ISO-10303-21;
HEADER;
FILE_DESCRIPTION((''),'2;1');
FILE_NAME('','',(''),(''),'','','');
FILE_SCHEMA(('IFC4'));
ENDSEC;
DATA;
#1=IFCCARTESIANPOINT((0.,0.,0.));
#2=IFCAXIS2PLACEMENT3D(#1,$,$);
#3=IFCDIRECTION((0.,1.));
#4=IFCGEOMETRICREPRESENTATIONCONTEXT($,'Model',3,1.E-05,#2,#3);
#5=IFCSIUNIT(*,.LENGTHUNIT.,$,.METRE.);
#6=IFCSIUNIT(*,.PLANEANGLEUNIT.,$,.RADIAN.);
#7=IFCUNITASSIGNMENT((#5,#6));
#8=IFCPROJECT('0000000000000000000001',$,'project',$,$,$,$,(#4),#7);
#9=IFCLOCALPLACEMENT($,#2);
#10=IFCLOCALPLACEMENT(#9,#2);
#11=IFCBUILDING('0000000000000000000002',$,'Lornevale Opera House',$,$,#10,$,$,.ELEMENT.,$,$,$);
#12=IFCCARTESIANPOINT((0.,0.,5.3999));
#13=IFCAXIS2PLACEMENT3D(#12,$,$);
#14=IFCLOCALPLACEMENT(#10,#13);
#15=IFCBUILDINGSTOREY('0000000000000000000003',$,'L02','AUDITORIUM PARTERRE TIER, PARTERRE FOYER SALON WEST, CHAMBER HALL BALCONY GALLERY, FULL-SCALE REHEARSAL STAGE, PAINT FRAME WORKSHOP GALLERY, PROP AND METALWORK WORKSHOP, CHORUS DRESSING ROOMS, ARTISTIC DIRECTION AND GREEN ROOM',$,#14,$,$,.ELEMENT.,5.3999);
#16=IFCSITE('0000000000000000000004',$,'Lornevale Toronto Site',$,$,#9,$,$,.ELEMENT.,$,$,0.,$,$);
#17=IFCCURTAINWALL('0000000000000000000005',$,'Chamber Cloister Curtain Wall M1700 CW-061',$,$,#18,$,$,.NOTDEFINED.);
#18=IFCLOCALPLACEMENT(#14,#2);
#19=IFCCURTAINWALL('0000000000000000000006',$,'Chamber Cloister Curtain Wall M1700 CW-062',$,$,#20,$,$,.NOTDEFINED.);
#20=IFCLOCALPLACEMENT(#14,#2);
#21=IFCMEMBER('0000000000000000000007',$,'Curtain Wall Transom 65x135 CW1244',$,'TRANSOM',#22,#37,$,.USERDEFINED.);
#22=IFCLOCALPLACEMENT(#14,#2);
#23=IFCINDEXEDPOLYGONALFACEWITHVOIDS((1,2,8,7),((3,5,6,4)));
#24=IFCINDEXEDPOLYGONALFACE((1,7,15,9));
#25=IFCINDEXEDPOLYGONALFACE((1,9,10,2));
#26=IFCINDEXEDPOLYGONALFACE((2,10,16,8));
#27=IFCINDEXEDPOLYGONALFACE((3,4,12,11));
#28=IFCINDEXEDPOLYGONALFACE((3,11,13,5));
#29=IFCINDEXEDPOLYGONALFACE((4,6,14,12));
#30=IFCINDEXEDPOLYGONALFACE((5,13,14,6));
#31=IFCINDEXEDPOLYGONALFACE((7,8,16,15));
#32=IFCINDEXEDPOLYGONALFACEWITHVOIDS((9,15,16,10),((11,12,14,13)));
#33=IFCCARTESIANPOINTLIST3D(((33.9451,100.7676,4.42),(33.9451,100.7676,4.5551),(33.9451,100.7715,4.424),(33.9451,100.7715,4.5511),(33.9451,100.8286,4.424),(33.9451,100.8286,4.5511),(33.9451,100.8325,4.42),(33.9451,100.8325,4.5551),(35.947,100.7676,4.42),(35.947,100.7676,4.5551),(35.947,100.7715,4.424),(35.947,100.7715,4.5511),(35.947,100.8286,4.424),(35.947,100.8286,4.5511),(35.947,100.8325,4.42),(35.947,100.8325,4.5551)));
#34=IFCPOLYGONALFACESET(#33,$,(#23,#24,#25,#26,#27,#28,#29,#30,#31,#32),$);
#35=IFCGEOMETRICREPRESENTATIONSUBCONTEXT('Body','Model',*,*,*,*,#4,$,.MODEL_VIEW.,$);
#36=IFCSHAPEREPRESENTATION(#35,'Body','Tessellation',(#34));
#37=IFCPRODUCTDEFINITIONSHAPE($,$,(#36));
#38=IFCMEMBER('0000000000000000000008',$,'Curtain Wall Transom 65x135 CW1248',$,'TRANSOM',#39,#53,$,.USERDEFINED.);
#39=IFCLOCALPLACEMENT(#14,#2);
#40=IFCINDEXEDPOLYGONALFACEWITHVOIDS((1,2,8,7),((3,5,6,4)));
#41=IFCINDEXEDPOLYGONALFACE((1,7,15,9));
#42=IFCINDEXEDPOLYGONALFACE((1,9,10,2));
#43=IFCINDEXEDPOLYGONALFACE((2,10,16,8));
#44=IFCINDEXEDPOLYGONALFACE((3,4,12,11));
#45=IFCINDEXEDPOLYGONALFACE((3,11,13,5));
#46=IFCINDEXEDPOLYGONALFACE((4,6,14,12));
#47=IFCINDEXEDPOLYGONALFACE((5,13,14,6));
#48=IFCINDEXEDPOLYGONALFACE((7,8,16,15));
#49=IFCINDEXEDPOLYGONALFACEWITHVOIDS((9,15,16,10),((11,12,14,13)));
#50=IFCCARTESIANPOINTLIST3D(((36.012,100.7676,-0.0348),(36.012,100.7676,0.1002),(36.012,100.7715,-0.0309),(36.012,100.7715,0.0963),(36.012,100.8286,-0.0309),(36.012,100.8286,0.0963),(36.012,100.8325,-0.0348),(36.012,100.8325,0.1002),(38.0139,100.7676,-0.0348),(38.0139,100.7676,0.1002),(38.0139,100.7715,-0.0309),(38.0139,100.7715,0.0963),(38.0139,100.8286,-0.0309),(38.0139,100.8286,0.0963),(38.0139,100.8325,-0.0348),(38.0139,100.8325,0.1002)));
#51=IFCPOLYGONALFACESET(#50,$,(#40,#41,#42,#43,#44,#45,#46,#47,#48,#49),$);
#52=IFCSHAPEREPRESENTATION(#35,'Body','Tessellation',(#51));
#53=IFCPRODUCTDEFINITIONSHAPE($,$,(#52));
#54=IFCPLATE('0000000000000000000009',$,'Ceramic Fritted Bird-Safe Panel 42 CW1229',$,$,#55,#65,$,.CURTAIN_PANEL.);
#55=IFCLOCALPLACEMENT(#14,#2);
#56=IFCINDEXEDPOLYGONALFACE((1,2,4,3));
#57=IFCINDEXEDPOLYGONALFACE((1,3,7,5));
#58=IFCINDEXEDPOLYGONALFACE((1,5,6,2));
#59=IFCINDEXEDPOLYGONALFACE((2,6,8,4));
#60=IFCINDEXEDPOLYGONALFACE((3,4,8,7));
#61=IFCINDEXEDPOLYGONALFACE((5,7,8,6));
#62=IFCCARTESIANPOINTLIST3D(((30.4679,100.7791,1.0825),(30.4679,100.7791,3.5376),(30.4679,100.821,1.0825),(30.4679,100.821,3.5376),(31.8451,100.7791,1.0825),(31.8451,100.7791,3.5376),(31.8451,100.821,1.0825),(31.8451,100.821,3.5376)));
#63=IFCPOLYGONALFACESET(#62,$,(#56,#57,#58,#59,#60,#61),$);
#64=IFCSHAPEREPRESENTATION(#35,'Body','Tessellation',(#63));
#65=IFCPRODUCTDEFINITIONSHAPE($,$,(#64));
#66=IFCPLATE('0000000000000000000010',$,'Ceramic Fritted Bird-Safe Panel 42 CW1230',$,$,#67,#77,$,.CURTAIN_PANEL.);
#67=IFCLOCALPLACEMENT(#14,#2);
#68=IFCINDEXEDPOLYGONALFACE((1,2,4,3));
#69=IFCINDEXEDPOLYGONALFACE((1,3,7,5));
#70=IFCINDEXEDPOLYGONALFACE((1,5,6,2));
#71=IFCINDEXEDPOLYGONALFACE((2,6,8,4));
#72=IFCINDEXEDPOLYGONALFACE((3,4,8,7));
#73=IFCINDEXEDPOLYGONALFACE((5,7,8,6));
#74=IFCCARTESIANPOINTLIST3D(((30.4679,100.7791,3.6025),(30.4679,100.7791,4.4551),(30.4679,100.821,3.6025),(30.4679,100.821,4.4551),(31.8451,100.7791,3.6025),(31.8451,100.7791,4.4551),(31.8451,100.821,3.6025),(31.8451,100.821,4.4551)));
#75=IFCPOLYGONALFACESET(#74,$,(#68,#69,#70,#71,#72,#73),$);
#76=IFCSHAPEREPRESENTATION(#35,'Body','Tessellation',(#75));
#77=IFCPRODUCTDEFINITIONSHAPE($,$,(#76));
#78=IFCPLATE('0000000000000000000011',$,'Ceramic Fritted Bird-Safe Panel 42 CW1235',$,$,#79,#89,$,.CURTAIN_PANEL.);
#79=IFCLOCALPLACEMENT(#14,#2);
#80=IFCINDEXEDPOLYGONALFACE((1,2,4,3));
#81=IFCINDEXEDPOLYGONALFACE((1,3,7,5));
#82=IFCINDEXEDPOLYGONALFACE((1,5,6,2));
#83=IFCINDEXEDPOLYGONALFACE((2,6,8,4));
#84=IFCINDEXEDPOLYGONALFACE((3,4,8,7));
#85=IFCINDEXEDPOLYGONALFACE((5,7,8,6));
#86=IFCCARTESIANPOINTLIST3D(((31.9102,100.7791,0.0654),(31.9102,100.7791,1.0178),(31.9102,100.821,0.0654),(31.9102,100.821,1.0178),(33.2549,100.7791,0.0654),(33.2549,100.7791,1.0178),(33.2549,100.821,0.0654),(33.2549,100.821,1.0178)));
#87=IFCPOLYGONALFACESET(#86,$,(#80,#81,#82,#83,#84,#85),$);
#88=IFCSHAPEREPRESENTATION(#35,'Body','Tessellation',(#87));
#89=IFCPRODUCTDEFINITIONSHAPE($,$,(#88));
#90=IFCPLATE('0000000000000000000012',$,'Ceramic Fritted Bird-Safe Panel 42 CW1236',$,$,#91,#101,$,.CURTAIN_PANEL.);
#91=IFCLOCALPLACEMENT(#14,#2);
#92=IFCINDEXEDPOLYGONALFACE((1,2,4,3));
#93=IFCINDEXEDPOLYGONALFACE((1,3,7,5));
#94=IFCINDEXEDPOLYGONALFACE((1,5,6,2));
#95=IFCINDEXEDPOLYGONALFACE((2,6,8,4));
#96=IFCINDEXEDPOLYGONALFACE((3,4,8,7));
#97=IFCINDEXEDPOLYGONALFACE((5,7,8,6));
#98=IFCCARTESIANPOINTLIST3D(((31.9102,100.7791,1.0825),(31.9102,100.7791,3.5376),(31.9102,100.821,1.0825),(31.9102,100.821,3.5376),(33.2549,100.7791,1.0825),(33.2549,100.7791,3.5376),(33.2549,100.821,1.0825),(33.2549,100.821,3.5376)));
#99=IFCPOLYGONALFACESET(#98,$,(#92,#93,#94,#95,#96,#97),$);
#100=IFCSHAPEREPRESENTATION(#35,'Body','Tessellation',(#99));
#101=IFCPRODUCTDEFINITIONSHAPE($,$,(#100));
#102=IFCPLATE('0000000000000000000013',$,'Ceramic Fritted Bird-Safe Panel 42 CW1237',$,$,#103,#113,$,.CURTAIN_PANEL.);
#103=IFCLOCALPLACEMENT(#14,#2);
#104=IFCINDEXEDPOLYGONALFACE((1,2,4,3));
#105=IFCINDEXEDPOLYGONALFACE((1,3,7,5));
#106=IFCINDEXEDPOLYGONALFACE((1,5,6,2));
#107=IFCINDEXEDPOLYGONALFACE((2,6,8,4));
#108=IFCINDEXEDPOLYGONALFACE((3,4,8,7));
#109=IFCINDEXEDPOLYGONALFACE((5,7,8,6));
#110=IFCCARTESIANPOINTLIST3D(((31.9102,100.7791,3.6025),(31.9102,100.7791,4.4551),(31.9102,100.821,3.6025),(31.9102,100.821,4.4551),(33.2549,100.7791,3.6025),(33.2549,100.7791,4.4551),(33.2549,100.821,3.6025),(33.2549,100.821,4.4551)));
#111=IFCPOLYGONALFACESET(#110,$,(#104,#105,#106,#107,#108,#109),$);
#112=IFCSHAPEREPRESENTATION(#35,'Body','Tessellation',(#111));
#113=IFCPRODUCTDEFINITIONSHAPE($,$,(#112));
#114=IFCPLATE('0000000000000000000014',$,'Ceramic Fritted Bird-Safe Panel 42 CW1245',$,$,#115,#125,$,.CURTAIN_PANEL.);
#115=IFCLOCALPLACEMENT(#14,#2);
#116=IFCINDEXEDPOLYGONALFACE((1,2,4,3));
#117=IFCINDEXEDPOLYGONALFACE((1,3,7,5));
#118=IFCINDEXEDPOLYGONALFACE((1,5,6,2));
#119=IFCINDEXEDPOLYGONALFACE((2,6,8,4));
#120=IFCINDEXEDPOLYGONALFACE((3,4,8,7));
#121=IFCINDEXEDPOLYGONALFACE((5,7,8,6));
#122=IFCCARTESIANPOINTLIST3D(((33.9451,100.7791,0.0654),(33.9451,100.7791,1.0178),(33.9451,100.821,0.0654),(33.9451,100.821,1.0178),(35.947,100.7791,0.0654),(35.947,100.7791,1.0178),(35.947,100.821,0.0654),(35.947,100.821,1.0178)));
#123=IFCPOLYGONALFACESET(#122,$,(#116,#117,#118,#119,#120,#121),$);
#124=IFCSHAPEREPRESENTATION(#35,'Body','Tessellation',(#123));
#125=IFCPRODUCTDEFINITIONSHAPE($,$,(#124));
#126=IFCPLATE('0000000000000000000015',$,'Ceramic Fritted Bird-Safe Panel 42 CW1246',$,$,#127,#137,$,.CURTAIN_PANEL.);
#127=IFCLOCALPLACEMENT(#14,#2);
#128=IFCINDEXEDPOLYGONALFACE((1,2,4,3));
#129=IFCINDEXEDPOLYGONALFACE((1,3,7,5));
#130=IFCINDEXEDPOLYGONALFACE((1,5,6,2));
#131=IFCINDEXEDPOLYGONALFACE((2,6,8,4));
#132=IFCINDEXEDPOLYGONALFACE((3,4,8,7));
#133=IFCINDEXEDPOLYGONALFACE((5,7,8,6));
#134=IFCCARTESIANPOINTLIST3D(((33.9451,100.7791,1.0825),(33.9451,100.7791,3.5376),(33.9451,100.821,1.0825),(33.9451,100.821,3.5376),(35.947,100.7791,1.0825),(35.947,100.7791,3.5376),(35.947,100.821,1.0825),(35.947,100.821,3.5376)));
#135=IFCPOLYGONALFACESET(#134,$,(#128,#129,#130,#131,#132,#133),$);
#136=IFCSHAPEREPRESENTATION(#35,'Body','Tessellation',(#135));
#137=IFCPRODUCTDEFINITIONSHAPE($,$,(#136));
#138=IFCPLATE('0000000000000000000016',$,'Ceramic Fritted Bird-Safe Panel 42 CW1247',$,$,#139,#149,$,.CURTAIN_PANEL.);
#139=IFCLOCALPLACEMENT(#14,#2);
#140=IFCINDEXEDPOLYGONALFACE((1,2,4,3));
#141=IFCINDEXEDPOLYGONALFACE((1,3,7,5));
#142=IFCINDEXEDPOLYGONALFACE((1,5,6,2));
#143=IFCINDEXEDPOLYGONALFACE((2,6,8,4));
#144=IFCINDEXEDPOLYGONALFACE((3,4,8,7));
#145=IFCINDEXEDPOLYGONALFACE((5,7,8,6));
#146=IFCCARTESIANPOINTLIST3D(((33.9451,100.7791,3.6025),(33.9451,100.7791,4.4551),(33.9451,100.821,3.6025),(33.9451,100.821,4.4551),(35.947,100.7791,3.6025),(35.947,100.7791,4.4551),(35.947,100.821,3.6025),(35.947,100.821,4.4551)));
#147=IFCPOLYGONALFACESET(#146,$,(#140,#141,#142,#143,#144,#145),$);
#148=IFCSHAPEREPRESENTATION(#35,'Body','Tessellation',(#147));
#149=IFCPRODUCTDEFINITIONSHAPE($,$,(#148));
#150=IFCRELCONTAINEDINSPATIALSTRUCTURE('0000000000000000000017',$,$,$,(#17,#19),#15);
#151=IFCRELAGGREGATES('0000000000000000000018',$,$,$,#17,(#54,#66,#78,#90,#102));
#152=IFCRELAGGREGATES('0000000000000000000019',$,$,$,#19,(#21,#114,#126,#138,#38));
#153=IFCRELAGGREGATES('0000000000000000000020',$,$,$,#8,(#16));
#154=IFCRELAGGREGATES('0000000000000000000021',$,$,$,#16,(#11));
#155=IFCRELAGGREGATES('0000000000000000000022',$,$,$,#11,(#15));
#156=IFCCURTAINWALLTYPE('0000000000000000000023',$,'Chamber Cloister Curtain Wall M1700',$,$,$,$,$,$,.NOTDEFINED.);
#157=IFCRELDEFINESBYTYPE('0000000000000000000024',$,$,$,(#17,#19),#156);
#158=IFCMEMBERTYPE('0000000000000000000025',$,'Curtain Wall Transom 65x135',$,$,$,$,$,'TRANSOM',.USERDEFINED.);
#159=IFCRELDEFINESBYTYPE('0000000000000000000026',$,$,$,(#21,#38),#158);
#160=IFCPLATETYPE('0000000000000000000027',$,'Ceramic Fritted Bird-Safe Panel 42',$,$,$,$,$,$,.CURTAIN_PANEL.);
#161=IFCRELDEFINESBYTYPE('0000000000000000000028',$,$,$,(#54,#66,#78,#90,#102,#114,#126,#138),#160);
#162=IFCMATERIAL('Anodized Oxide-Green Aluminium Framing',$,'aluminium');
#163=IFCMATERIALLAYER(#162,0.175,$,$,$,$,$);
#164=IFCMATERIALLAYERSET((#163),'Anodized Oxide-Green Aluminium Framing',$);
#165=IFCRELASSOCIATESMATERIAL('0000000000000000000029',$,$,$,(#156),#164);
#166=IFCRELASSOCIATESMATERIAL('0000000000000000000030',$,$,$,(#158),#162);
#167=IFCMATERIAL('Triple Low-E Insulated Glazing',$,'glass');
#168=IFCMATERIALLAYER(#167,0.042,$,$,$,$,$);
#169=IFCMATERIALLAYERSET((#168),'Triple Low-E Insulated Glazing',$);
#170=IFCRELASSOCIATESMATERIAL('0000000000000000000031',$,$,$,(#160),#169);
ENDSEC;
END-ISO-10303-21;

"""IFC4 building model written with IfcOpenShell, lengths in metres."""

from ifc_helpers import new_model, si_unit, direction, frame, origin, origin_2d, place, context, subcontext, project, spatial, rectangle, hollow_rectangle, extrude, material, layer, layer_set, material_profile, profile_set, type_object, element, aggregate, save


model = new_model("IFC4")

# Units and contexts
model_context = context("Model", 3, precision=1e-05, world=origin(), true_north=direction((0.0, 1.0)))
body_context = subcontext(model_context, "Body", "Model", "MODEL_VIEW")
ifc_project = project(units=[si_unit("LENGTHUNIT", "METRE"), si_unit("PLANEANGLEUNIT", "RADIAN")], contexts=[model_context])

# Site, building, storey
site_placement = place(None, origin())
site = spatial("IfcSite", under=ifc_project, at=site_placement, Name="Lornevale Toronto Site", CompositionType="ELEMENT", RefElevation=0.0)
building_placement = place(site_placement, origin())
building = spatial("IfcBuilding", under=site, at=building_placement, Name="Lornevale Opera House", CompositionType="ELEMENT")
storey_placement = place(building_placement, frame((0.0, 0.0, 5.3999)))
storey = spatial("IfcBuildingStorey", under=building, at=storey_placement, Name="L02", Description="AUDITORIUM PARTERRE TIER, PARTERRE FOYER SALON WEST, CHAMBER HALL BALCONY GALLERY, FULL-SCALE REHEARSAL STAGE, PAINT FRAME WORKSHOP GALLERY, PROP AND METALWORK WORKSHOP, CHORUS DRESSING ROOMS, ARTISTIC DIRECTION AND GREEN ROOM", CompositionType="ELEMENT", Elevation=5.3999)

# Curtain walls
ifc_material_1 = material(Name="Anodized Oxide-Green Aluminium Framing", Category="aluminium")
ifc_layer_1 = layer(ifc_material_1, 0.175)
ifc_layer_set_1 = layer_set([ifc_layer_1], Name="Anodized Oxide-Green Aluminium Framing")
curtain_wall_type = type_object("IfcCurtainWallType", Name="Chamber Cloister Curtain Wall M1700", PredefinedType="NOTDEFINED", material=ifc_layer_set_1)
curtain_wall_1_placement = place(storey_placement, origin())
curtain_wall_1 = element("IfcCurtainWall", 1, at=curtain_wall_1_placement, inside=storey, type_object=curtain_wall_type, Name="Chamber Cloister Curtain Wall M1700 CW-061", PredefinedType="NOTDEFINED")
curtain_wall_2_placement = place(storey_placement, origin())
curtain_wall_2 = element("IfcCurtainWall", 2, at=curtain_wall_2_placement, inside=storey, type_object=curtain_wall_type, Name="Chamber Cloister Curtain Wall M1700 CW-062", PredefinedType="NOTDEFINED")

# Members
ifc_material_profile_1 = material_profile(ifc_material_1, hollow_rectangle(XDim=0.0649, YDim=0.135, WallThickness=0.0039, at=origin_2d()), Name="ALU65x135x4")
ifc_profile_set_1 = profile_set([ifc_material_profile_1], Name="Anodized Oxide-Green Aluminium Framing")
member_type_1 = type_object("IfcMemberType", Name="Curtain Wall Transom 65x135", ElementType="TRANSOM", PredefinedType="USERDEFINED", material=ifc_profile_set_1)
member_1_placement = place(storey_placement, frame((33.9451, 100.8, 4.4875), z_axis=(1.0, 0.0, 0.0), x_axis=(0.0, 1.0, 0.0)))
member_1 = element("IfcMember", 3, at=member_1_placement, type_object=member_type_1, Name="Curtain Wall Transom 65x135 CW1244", ObjectType="TRANSOM", PredefinedType="USERDEFINED", context=body_context, shape_type="SweptSolid", body=[
    extrude(hollow_rectangle(XDim=0.0649, YDim=0.135, WallThickness=0.0039, at=origin_2d()), origin(), (0.0, 0.0, 1.0), 2.002),
])
member_2_placement = place(storey_placement, frame((36.012, 100.8, 0.0327), z_axis=(1.0, 0.0, 0.0), x_axis=(0.0, 1.0, 0.0)))
member_2 = element("IfcMember", 4, at=member_2_placement, type_object=member_type_1, Name="Curtain Wall Transom 65x135 CW1248", ObjectType="TRANSOM", PredefinedType="USERDEFINED", context=body_context, shape_type="SweptSolid", body=[
    extrude(hollow_rectangle(XDim=0.0649, YDim=0.135, WallThickness=0.0039, at=origin_2d()), origin(), (0.0, 0.0, 1.0), 2.002),
])

# Plates
ifc_material_2 = material(Name="Triple Low-E Insulated Glazing", Category="glass")
ifc_layer_2 = layer(ifc_material_2, 0.042)
ifc_layer_set_2 = layer_set([ifc_layer_2], Name="Triple Low-E Insulated Glazing")
plate_type = type_object("IfcPlateType", Name="Ceramic Fritted Bird-Safe Panel 42", PredefinedType="CURTAIN_PANEL", material=ifc_layer_set_2)
plate_1_placement = place(storey_placement, frame((31.1565, 100.8, 1.0825), z_axis=(0.0, 0.0, 1.0), x_axis=(1.0, 0.0, 0.0)))
plate_1 = element("IfcPlate", 5, at=plate_1_placement, type_object=plate_type, Name="Ceramic Fritted Bird-Safe Panel 42 CW1229", PredefinedType="CURTAIN_PANEL", context=body_context, shape_type="SweptSolid", body=[
    extrude(rectangle(XDim=1.3772, YDim=0.042, at=origin_2d()), origin(), (0.0, 0.0, 1.0), 2.4551),
])
plate_2_placement = place(storey_placement, frame((31.1565, 100.8, 3.6025), z_axis=(0.0, 0.0, 1.0), x_axis=(1.0, 0.0, 0.0)))
plate_2 = element("IfcPlate", 6, at=plate_2_placement, type_object=plate_type, Name="Ceramic Fritted Bird-Safe Panel 42 CW1230", PredefinedType="CURTAIN_PANEL", context=body_context, shape_type="SweptSolid", body=[
    extrude(rectangle(XDim=1.3772, YDim=0.042, at=origin_2d()), origin(), (0.0, 0.0, 1.0), 0.8525),
])
plate_3_placement = place(storey_placement, frame((32.5825, 100.8, 0.0654), z_axis=(0.0, 0.0, 1.0), x_axis=(1.0, 0.0, 0.0)))
plate_3 = element("IfcPlate", 7, at=plate_3_placement, type_object=plate_type, Name="Ceramic Fritted Bird-Safe Panel 42 CW1235", PredefinedType="CURTAIN_PANEL", context=body_context, shape_type="SweptSolid", body=[
    extrude(rectangle(XDim=1.3447, YDim=0.042, at=origin_2d()), origin(), (0.0, 0.0, 1.0), 0.9524),
])
plate_4_placement = place(storey_placement, frame((32.5825, 100.8, 1.0825), z_axis=(0.0, 0.0, 1.0), x_axis=(1.0, 0.0, 0.0)))
plate_4 = element("IfcPlate", 8, at=plate_4_placement, type_object=plate_type, Name="Ceramic Fritted Bird-Safe Panel 42 CW1236", PredefinedType="CURTAIN_PANEL", context=body_context, shape_type="SweptSolid", body=[
    extrude(rectangle(XDim=1.3447, YDim=0.042, at=origin_2d()), origin(), (0.0, 0.0, 1.0), 2.4551),
])
plate_5_placement = place(storey_placement, frame((32.5825, 100.8, 3.6025), z_axis=(0.0, 0.0, 1.0), x_axis=(1.0, 0.0, 0.0)))
plate_5 = element("IfcPlate", 9, at=plate_5_placement, type_object=plate_type, Name="Ceramic Fritted Bird-Safe Panel 42 CW1237", PredefinedType="CURTAIN_PANEL", context=body_context, shape_type="SweptSolid", body=[
    extrude(rectangle(XDim=1.3447, YDim=0.042, at=origin_2d()), origin(), (0.0, 0.0, 1.0), 0.8525),
])
aggregate(curtain_wall_1, [plate_1, plate_2, plate_3, plate_4, plate_5])
plate_6_placement = place(storey_placement, frame((34.946, 100.8, 0.0654), z_axis=(0.0, 0.0, 1.0), x_axis=(1.0, 0.0, 0.0)))
plate_6 = element("IfcPlate", 10, at=plate_6_placement, type_object=plate_type, Name="Ceramic Fritted Bird-Safe Panel 42 CW1245", PredefinedType="CURTAIN_PANEL", context=body_context, shape_type="SweptSolid", body=[
    extrude(rectangle(XDim=2.002, YDim=0.042, at=origin_2d()), origin(), (0.0, 0.0, 1.0), 0.9524),
])
plate_7_placement = place(storey_placement, frame((34.946, 100.8, 1.0825), z_axis=(0.0, 0.0, 1.0), x_axis=(1.0, 0.0, 0.0)))
plate_7 = element("IfcPlate", 11, at=plate_7_placement, type_object=plate_type, Name="Ceramic Fritted Bird-Safe Panel 42 CW1246", PredefinedType="CURTAIN_PANEL", context=body_context, shape_type="SweptSolid", body=[
    extrude(rectangle(XDim=2.002, YDim=0.042, at=origin_2d()), origin(), (0.0, 0.0, 1.0), 2.4551),
])
plate_8_placement = place(storey_placement, frame((34.946, 100.8, 3.6025), z_axis=(0.0, 0.0, 1.0), x_axis=(1.0, 0.0, 0.0)))
plate_8 = element("IfcPlate", 12, at=plate_8_placement, type_object=plate_type, Name="Ceramic Fritted Bird-Safe Panel 42 CW1247", PredefinedType="CURTAIN_PANEL", context=body_context, shape_type="SweptSolid", body=[
    extrude(rectangle(XDim=2.002, YDim=0.042, at=origin_2d()), origin(), (0.0, 0.0, 1.0), 0.8525),
])
aggregate(curtain_wall_2, [member_1, plate_6, plate_7, plate_8, member_2])

save(model, "model.ifc")
